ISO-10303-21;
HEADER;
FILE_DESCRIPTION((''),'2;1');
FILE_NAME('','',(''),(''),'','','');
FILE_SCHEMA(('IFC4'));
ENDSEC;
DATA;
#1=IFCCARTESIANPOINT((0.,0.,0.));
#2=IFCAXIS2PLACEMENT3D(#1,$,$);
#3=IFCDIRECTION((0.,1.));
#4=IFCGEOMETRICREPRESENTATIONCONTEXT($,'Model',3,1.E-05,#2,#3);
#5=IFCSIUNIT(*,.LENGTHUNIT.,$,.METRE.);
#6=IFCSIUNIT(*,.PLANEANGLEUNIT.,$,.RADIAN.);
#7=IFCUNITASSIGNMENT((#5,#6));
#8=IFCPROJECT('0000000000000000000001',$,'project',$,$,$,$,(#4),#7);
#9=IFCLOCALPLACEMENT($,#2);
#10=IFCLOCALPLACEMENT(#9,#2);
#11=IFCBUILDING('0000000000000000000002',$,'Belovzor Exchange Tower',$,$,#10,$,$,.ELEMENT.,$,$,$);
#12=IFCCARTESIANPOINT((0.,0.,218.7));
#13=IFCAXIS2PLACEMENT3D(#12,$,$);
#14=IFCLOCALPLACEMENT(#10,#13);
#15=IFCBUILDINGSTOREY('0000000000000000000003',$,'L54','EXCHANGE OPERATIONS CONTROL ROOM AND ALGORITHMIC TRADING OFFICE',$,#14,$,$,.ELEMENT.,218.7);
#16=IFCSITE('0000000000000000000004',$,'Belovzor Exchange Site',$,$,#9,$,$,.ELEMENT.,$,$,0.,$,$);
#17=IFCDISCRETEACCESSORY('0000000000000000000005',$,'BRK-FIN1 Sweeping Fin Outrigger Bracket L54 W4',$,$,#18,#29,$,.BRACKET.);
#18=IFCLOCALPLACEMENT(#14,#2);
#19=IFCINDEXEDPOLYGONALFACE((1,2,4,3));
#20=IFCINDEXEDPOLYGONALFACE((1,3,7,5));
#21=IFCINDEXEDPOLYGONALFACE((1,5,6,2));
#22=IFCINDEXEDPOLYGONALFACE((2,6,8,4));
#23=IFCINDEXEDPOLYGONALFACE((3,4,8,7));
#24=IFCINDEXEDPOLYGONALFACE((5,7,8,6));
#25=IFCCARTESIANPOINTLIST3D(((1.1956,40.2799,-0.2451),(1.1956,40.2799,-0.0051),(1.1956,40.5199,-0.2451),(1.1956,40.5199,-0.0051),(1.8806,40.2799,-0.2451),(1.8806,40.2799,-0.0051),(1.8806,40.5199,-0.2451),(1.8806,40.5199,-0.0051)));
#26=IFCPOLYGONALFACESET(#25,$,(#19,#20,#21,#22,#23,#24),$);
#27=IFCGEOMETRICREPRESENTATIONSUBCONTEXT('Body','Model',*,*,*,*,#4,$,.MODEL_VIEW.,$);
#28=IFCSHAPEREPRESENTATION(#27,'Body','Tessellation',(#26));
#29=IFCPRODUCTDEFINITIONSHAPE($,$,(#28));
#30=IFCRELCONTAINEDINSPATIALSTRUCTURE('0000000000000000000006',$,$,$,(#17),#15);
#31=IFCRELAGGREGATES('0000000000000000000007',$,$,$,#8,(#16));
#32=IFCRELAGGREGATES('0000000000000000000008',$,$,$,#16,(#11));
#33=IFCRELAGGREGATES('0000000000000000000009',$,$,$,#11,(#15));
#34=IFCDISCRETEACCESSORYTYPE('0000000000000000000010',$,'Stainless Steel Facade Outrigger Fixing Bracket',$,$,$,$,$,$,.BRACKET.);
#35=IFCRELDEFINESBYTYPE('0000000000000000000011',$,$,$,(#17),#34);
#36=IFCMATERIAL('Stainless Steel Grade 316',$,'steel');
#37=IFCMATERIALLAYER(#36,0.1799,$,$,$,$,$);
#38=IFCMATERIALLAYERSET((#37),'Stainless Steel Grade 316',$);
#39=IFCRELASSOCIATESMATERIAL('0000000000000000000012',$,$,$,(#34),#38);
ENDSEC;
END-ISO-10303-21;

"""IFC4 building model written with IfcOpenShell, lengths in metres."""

from ifc_helpers import new_model, si_unit, direction, frame, origin, origin_2d, place, context, subcontext, project, spatial, rectangle, extrude, material, layer, layer_set, type_object, element, save


model = new_model("IFC4")

# Units and contexts
model_context = context("Model", 3, precision=1e-05, world=origin(), true_north=direction((0.0, 1.0)))
body_context = subcontext(model_context, "Body", "Model", "MODEL_VIEW")
ifc_project = project(units=[si_unit("LENGTHUNIT", "METRE"), si_unit("PLANEANGLEUNIT", "RADIAN")], contexts=[model_context])

# Site, building, storey
site_placement = place(None, origin())
site = spatial("IfcSite", under=ifc_project, at=site_placement, Name="Belovzor Exchange Site", CompositionType="ELEMENT", RefElevation=0.0)
building_placement = place(site_placement, origin())
building = spatial("IfcBuilding", under=site, at=building_placement, Name="Belovzor Exchange Tower", CompositionType="ELEMENT")
storey_placement = place(building_placement, frame((0.0, 0.0, 218.7)))
storey = spatial("IfcBuildingStorey", under=building, at=storey_placement, Name="L54", Description="EXCHANGE OPERATIONS CONTROL ROOM AND ALGORITHMIC TRADING OFFICE", CompositionType="ELEMENT", Elevation=218.7)

# Discrete accessory
ifc_material_1 = material(Name="Stainless Steel Grade 316", Category="steel")
ifc_layer_1 = layer(ifc_material_1, 0.1799)
ifc_layer_set_1 = layer_set([ifc_layer_1], Name="Stainless Steel Grade 316")
discrete_accessory_type = type_object("IfcDiscreteAccessoryType", Name="Stainless Steel Facade Outrigger Fixing Bracket", PredefinedType="BRACKET", material=ifc_layer_set_1)
discrete_accessory_placement = place(storey_placement, frame((1.5381, 40.3999, -0.2451), z_axis=(0.0, 0.0, 1.0), x_axis=(1.0, 0.0, 0.0)))
element("IfcDiscreteAccessory", 1, at=discrete_accessory_placement, inside=storey, type_object=discrete_accessory_type, Name="BRK-FIN1 Sweeping Fin Outrigger Bracket L54 W4", PredefinedType="BRACKET", context=body_context, shape_type="SweptSolid", body=[
    extrude(rectangle(XDim=0.6851, YDim=0.24, at=origin_2d()), origin(), (0.0, 0.0, 1.0), 0.24),
])

save(model, "model.ifc")
